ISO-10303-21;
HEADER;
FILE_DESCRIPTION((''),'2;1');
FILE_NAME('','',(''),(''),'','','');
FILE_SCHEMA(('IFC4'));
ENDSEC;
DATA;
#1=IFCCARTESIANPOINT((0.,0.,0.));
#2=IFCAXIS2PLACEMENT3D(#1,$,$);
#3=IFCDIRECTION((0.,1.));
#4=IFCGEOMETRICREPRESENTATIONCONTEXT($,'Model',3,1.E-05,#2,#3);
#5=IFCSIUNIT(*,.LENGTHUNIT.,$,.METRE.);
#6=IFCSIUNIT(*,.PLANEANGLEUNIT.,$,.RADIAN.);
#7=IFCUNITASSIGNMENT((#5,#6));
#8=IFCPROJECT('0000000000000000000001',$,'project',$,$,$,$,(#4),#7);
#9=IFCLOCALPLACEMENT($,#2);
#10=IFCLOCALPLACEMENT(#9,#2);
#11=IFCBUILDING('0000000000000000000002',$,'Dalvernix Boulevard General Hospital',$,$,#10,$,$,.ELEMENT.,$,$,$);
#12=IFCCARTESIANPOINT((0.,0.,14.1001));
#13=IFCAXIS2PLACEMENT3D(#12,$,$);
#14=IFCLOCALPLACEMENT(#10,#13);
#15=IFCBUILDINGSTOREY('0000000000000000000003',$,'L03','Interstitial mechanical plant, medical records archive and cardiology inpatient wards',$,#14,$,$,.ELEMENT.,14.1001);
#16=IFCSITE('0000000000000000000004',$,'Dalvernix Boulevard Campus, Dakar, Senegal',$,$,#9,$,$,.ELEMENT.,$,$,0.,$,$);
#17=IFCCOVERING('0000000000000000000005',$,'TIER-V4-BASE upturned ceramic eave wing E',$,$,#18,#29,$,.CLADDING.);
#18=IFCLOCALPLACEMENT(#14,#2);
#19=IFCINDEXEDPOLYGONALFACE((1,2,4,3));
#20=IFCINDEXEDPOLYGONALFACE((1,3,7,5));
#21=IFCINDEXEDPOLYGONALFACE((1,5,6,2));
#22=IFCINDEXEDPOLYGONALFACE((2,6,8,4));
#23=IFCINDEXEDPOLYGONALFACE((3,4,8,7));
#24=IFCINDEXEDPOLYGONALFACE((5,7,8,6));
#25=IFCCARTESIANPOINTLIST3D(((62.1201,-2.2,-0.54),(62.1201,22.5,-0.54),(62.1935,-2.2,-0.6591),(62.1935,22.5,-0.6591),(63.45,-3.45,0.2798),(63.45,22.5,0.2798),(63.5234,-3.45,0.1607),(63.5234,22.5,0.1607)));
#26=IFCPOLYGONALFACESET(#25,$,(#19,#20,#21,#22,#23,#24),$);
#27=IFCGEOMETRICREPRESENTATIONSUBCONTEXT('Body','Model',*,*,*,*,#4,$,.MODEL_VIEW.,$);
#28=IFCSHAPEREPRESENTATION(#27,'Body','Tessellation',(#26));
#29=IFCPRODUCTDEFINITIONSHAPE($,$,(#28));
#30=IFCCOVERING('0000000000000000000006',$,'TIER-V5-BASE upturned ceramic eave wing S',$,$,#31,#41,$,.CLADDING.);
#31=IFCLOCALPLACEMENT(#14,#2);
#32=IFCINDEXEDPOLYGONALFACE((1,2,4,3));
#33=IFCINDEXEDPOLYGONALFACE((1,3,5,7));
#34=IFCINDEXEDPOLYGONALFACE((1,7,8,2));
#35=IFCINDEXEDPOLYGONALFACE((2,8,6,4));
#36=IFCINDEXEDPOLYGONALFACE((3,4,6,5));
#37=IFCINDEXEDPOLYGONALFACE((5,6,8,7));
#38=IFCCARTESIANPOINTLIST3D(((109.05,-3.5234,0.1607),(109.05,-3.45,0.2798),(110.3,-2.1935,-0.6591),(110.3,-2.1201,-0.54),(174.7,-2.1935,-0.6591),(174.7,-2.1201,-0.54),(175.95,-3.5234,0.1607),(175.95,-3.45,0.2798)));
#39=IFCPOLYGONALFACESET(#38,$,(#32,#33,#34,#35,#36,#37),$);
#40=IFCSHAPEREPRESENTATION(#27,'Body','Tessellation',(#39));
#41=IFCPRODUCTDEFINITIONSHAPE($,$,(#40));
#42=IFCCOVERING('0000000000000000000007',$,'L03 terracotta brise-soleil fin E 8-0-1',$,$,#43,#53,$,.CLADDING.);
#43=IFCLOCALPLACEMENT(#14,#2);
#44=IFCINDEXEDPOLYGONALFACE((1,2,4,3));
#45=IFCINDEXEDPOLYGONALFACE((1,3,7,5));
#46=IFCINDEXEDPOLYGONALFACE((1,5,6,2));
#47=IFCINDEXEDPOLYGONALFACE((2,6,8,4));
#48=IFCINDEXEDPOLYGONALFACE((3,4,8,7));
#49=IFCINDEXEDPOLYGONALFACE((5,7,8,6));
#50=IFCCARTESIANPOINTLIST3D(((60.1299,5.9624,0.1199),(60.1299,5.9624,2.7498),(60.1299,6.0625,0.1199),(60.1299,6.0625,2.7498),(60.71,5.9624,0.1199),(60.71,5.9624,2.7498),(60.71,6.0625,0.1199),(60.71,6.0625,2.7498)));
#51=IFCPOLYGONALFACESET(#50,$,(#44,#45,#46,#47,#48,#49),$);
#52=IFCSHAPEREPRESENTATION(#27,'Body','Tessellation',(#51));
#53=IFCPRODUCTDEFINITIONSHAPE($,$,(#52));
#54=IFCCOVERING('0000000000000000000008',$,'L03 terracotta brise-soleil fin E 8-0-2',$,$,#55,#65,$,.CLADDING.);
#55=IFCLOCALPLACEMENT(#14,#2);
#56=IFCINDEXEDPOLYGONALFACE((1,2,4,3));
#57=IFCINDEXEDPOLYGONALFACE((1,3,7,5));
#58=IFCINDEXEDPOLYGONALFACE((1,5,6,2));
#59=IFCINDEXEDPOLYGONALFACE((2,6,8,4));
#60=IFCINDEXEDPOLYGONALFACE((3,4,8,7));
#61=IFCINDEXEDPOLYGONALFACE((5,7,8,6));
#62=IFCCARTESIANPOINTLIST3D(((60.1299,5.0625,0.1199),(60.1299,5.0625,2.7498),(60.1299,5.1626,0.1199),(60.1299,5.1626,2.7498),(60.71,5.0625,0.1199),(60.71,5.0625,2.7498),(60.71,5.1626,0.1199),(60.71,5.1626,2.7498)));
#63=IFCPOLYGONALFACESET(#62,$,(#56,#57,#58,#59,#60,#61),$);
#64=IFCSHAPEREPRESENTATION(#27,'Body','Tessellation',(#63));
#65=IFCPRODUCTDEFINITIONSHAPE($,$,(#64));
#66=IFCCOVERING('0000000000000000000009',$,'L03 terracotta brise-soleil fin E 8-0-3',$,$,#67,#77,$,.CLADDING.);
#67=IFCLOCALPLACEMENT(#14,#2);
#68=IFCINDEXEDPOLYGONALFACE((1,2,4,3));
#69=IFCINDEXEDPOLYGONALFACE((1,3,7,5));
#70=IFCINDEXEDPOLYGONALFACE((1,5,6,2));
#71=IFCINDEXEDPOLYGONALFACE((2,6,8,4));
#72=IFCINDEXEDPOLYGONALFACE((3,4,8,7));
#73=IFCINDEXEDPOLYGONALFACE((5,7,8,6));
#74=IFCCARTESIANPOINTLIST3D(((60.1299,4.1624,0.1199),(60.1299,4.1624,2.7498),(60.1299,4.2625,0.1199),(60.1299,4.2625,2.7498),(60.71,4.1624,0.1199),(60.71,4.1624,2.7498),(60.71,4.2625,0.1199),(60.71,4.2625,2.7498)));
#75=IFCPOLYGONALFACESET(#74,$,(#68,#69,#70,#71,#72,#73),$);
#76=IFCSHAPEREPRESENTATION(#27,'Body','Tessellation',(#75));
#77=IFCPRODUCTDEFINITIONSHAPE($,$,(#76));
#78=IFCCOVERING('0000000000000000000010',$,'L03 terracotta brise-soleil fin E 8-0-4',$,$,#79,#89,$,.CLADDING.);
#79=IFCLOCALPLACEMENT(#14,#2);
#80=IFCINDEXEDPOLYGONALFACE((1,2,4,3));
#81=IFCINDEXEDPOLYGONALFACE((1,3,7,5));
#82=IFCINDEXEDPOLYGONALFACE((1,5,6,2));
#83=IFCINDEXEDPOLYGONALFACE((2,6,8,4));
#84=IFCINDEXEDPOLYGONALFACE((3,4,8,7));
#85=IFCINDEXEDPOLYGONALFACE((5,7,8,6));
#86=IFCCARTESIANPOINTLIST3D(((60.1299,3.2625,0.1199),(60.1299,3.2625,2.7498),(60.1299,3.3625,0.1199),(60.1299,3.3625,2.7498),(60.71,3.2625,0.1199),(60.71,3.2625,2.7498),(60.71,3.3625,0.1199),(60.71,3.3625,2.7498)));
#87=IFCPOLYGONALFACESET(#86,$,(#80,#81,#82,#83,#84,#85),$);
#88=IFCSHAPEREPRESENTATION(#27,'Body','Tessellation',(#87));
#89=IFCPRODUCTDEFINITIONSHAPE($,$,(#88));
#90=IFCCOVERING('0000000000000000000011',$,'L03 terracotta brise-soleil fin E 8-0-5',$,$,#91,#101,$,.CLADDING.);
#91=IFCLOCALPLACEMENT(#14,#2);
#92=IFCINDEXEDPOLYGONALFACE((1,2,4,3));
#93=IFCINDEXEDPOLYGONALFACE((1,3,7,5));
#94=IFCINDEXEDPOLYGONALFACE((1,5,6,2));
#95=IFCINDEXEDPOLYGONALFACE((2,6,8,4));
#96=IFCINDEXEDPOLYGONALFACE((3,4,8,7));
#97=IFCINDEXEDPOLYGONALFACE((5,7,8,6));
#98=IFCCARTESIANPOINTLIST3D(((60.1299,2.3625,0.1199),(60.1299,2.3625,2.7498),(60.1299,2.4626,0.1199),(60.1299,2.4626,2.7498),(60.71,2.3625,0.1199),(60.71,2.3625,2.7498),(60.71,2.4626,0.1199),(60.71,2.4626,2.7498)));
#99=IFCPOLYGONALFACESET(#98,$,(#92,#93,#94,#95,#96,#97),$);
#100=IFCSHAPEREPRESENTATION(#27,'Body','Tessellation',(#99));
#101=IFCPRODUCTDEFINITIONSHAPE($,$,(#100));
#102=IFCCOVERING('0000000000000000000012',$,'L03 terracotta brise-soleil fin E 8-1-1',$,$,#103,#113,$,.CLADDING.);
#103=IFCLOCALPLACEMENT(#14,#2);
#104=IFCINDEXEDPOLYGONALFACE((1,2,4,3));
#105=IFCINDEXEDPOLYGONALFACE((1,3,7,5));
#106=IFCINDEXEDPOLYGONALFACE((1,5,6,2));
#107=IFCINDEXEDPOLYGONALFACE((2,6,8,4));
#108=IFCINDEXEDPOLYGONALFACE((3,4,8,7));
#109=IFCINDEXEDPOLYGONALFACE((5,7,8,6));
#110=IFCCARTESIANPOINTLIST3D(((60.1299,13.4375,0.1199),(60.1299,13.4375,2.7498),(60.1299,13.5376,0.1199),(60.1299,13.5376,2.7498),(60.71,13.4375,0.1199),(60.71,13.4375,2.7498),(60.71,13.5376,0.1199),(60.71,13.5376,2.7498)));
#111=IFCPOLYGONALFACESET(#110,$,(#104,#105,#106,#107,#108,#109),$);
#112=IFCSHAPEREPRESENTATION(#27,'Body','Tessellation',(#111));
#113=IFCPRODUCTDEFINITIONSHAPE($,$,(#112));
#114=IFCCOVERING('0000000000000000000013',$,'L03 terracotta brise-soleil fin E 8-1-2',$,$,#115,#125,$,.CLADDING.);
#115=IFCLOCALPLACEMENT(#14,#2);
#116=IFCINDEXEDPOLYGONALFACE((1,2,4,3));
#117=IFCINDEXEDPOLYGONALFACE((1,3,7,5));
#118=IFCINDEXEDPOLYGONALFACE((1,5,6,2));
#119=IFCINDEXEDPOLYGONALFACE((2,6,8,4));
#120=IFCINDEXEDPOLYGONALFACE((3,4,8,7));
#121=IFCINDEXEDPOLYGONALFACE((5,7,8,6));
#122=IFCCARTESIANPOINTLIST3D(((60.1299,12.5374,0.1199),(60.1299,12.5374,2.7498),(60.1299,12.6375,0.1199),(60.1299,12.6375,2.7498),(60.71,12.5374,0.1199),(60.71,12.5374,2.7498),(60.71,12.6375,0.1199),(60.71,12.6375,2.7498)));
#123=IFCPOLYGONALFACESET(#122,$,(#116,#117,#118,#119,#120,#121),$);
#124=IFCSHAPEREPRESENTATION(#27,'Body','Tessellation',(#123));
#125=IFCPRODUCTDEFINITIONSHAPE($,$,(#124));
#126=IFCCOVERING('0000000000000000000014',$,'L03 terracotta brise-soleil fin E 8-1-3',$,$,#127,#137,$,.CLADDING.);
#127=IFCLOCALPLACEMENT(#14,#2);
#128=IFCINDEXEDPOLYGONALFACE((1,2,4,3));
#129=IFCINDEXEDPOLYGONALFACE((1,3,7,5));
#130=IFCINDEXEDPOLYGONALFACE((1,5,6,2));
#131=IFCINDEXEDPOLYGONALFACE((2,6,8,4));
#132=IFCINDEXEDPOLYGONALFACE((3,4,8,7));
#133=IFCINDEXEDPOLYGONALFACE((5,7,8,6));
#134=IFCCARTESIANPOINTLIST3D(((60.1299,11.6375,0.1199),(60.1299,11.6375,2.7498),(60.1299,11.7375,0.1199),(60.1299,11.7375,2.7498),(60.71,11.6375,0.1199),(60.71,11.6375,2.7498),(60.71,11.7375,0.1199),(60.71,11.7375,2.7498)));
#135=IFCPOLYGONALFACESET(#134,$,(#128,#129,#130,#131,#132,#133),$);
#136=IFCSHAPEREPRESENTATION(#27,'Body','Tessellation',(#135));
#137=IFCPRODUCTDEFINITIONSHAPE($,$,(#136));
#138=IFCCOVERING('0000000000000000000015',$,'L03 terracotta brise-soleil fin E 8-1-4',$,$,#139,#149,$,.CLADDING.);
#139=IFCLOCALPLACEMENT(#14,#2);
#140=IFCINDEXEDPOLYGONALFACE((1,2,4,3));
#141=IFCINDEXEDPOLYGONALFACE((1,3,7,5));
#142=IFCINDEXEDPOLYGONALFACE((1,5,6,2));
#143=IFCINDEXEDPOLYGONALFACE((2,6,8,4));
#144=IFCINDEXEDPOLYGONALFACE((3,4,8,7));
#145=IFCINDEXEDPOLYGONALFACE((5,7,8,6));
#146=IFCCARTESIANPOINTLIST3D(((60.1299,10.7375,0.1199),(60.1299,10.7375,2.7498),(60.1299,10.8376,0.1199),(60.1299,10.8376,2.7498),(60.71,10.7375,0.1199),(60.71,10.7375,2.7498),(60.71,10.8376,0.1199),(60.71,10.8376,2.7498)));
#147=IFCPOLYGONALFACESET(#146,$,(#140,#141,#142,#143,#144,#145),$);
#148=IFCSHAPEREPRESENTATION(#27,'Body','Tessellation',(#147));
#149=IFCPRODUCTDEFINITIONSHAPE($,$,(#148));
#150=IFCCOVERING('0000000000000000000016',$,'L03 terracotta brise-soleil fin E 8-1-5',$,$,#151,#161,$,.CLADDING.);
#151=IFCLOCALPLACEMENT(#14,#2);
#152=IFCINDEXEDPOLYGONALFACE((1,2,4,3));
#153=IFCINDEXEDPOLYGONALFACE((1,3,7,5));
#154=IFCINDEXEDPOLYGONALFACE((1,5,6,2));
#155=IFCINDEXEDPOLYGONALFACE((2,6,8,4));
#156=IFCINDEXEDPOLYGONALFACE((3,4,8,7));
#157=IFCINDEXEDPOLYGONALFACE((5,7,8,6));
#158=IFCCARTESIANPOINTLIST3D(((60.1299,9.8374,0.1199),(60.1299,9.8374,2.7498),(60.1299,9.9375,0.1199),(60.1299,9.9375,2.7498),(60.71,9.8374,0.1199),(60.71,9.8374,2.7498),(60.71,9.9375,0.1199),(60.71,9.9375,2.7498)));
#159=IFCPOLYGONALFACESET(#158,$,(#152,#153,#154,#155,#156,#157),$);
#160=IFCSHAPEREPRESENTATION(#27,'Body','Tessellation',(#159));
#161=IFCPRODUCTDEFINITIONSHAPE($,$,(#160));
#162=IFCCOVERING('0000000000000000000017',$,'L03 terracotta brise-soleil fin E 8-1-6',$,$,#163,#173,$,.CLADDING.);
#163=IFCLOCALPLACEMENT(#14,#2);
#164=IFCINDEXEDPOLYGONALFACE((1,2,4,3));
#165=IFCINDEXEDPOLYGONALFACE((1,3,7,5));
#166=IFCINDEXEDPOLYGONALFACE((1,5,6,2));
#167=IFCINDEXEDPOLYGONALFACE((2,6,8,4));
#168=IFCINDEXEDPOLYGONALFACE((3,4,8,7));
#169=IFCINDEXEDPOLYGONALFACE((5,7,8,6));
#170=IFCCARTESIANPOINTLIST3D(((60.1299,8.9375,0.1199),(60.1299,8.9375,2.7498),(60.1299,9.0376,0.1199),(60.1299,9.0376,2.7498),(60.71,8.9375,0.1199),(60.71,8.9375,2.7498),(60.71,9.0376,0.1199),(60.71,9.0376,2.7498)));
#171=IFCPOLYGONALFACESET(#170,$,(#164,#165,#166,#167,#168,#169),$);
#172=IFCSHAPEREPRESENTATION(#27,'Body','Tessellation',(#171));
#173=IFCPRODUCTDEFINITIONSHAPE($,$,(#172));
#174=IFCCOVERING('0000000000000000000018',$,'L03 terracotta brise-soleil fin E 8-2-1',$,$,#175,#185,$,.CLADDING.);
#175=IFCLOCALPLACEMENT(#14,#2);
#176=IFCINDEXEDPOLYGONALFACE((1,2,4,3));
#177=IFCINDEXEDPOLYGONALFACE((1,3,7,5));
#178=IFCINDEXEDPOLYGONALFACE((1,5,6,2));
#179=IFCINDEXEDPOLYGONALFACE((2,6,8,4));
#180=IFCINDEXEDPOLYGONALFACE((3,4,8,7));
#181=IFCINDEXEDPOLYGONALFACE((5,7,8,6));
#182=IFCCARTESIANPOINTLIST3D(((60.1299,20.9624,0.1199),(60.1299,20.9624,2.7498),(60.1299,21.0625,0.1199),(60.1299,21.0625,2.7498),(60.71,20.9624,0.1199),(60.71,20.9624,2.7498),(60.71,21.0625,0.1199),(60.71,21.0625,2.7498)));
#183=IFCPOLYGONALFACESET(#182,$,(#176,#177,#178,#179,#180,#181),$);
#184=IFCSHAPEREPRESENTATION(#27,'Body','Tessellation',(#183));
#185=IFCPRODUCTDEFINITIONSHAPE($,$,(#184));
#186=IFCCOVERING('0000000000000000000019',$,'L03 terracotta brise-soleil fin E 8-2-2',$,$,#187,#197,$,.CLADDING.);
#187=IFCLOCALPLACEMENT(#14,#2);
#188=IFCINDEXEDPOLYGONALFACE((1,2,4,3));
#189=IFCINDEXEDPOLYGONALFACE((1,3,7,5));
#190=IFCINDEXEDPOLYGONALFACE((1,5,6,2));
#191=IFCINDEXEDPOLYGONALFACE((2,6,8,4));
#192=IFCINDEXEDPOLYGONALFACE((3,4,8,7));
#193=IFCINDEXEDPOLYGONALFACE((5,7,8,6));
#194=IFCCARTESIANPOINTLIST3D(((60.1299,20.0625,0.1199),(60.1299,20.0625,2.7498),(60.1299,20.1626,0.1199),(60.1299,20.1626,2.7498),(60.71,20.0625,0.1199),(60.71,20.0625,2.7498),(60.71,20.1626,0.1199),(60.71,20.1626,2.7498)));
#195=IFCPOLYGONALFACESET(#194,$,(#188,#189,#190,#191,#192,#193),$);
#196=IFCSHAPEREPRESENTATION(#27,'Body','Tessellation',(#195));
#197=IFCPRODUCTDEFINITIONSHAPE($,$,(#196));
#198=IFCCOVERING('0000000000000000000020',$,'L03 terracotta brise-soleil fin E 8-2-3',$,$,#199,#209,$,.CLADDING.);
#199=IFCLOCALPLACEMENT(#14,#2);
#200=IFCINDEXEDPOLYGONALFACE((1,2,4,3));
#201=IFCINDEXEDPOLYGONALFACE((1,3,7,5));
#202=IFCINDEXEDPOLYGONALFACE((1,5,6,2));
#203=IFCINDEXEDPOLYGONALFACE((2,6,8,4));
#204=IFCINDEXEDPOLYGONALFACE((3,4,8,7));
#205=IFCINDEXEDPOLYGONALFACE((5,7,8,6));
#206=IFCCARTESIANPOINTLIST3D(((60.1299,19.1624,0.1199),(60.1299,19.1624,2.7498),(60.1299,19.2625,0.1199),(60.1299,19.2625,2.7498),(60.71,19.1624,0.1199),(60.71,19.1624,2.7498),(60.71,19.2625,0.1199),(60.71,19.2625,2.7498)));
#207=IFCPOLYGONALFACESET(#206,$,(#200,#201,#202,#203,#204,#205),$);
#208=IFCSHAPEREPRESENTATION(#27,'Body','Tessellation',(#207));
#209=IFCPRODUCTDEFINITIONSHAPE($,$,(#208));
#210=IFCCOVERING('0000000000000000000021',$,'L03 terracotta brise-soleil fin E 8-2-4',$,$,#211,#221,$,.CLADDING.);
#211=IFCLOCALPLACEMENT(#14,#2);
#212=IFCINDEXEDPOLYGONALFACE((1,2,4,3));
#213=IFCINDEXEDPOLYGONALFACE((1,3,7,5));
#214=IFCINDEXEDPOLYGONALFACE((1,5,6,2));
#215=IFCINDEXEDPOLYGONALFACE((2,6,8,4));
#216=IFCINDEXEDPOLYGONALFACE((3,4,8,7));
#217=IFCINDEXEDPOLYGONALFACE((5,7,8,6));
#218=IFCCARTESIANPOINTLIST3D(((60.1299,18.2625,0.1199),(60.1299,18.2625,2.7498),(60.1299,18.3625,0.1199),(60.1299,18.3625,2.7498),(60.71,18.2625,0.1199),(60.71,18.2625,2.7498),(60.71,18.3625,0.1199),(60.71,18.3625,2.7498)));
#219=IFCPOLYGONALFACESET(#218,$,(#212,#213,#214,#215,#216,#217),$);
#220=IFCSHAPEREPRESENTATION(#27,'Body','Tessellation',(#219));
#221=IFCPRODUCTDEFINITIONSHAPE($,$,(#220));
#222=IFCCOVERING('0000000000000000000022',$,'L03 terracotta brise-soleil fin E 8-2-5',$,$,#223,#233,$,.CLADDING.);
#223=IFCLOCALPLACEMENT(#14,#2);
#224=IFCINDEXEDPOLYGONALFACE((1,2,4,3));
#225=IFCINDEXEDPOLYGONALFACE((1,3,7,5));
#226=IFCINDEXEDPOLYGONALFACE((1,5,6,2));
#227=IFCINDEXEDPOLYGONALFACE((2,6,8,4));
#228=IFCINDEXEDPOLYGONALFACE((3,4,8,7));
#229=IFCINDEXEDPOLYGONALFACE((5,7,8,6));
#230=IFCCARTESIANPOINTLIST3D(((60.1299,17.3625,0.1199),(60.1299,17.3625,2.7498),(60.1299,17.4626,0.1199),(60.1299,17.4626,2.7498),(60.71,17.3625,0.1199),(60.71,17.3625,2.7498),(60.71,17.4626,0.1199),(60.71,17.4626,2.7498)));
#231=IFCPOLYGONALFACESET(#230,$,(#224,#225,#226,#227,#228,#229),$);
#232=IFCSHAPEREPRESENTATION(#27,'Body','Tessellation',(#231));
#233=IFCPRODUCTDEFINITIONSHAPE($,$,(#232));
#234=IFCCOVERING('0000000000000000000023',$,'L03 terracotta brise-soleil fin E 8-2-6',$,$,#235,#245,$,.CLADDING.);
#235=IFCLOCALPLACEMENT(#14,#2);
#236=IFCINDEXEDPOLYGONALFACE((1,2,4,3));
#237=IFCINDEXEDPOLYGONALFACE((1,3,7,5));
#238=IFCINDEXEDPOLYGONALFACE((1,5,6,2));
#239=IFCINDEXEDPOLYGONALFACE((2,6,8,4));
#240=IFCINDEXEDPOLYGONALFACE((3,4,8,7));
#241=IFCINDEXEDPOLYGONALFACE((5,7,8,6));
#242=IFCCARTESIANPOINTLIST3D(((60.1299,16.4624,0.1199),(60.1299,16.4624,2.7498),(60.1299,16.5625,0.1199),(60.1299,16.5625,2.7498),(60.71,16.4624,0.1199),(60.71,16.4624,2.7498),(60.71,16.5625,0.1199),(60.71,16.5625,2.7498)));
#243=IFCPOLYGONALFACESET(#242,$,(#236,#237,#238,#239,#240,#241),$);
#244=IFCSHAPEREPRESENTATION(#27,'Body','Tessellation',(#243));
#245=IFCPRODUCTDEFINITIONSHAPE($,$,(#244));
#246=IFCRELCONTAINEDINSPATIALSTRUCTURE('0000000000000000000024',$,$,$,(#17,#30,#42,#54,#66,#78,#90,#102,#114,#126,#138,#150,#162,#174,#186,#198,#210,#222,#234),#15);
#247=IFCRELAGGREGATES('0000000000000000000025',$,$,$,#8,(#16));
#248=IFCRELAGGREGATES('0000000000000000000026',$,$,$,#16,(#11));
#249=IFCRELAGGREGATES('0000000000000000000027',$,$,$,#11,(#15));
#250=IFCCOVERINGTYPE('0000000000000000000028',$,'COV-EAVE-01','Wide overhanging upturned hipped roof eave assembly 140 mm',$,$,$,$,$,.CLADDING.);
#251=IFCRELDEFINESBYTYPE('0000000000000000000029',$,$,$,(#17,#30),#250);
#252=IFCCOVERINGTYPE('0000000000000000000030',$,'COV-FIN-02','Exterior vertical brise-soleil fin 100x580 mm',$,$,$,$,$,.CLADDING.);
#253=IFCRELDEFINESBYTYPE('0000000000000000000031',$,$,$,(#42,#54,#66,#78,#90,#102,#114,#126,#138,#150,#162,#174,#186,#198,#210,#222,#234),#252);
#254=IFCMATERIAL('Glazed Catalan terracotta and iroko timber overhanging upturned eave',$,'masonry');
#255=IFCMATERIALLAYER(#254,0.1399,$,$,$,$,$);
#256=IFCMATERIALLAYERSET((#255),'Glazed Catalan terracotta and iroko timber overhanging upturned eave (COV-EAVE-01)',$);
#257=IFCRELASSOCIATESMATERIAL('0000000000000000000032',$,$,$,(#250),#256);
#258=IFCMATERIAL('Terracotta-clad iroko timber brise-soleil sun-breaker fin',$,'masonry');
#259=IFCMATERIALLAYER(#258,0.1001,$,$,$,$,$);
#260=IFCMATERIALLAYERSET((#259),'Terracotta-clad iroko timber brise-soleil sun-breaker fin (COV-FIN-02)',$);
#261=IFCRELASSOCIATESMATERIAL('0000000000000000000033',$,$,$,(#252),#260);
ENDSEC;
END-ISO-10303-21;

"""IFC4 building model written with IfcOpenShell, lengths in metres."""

from ifc_helpers import new_model, si_unit, direction, frame, origin, origin_2d, place, context, subcontext, project, spatial, polyline, rectangle, outline, extrude, material, layer, layer_set, type_object, element, save


model = new_model("IFC4")

# Units and contexts
model_context = context("Model", 3, precision=1e-05, world=origin(), true_north=direction((0.0, 1.0)))
body_context = subcontext(model_context, "Body", "Model", "MODEL_VIEW")
ifc_project = project(units=[si_unit("LENGTHUNIT", "METRE"), si_unit("PLANEANGLEUNIT", "RADIAN")], contexts=[model_context])

# Site, building, storey
site_placement = place(None, origin())
site = spatial("IfcSite", under=ifc_project, at=site_placement, Name="Dalvernix Boulevard Campus, Dakar, Senegal", CompositionType="ELEMENT", RefElevation=0.0)
building_placement = place(site_placement, origin())
building = spatial("IfcBuilding", under=site, at=building_placement, Name="Dalvernix Boulevard General Hospital", CompositionType="ELEMENT")
storey_placement = place(building_placement, frame((0.0, 0.0, 14.1001)))
storey = spatial("IfcBuildingStorey", under=building, at=storey_placement, Name="L03", Description="Interstitial mechanical plant, medical records archive and cardiology inpatient wards", CompositionType="ELEMENT", Elevation=14.1001)

# Coverings
ifc_material_1 = material(Name="Glazed Catalan terracotta and iroko timber overhanging upturned eave", Category="masonry")
ifc_layer_1 = layer(ifc_material_1, 0.1399)
ifc_layer_set_1 = layer_set([ifc_layer_1], Name="Glazed Catalan terracotta and iroko timber overhanging upturned eave (COV-EAVE-01)")
covering_type_1 = type_object("IfcCoveringType", Name="COV-EAVE-01", Description="Wide overhanging upturned hipped roof eave assembly 140 mm", PredefinedType="CLADDING", material=ifc_layer_set_1)
covering_1_placement = place(storey_placement, frame((62.1201, -2.2, -0.54), z_axis=(-0.524777, 0.0, 0.85124), x_axis=(0.0, 1.0, 0.0)))
element("IfcCovering", 1, at=covering_1_placement, inside=storey, type_object=covering_type_1, Name="TIER-V4-BASE upturned ceramic eave wing E", PredefinedType="CLADDING", context=body_context, shape_type="SweptSolid", body=[
    extrude(outline(polyline([(0.0, 0.0), (24.7, 0.0), (24.7, -1.5622), (-1.25, -1.5622), (0.0, 0.0)])), origin(), (0.0, 0.0, -1.0), 0.1399),
])
covering_2_placement = place(storey_placement, frame((110.3, -2.1201, -0.54), z_axis=(0.0, 0.524777, 0.85124), x_axis=(1.0, 0.0, 0.0)))
element("IfcCovering", 2, at=covering_2_placement, inside=storey, type_object=covering_type_1, Name="TIER-V5-BASE upturned ceramic eave wing S", PredefinedType="CLADDING", context=body_context, shape_type="SweptSolid", body=[
    extrude(outline(polyline([(0.0, 0.0), (64.3999, 0.0), (65.6499, -1.5622), (-1.25, -1.5622), (0.0, 0.0)])), origin(), (0.0, 0.0, -1.0), 0.1399),
])
ifc_material_2 = material(Name="Terracotta-clad iroko timber brise-soleil sun-breaker fin", Category="masonry")
ifc_layer_2 = layer(ifc_material_2, 0.1001)
ifc_layer_set_2 = layer_set([ifc_layer_2], Name="Terracotta-clad iroko timber brise-soleil sun-breaker fin (COV-FIN-02)")
covering_type_2 = type_object("IfcCoveringType", Name="COV-FIN-02", Description="Exterior vertical brise-soleil fin 100x580 mm", PredefinedType="CLADDING", material=ifc_layer_set_2)
for number, where, z_axis, x_axis, name in (
    (3, (60.4199, 6.0125, 0.1199), (0.0, 0.0, 1.0), (0.0, -1.0, 0.0), "L03 terracotta brise-soleil fin E 8-0-1"),
    (4, (60.4199, 5.1125, 0.1199), (0.0, 0.0, 1.0), (0.0, -1.0, 0.0), "L03 terracotta brise-soleil fin E 8-0-2"),
    (5, (60.4199, 4.2124, 0.1199), (0.0, 0.0, 1.0), (0.0, -1.0, 0.0), "L03 terracotta brise-soleil fin E 8-0-3"),
    (6, (60.4199, 3.3125, 0.1199), (0.0, 0.0, 1.0), (0.0, -1.0, 0.0), "L03 terracotta brise-soleil fin E 8-0-4"),
    (7, (60.4199, 2.4126, 0.1199), (0.0, 0.0, 1.0), (0.0, -1.0, 0.0), "L03 terracotta brise-soleil fin E 8-0-5"),
    (8, (60.4199, 13.4875, 0.1199), (0.0, 0.0, 1.0), (0.0, -1.0, 0.0), "L03 terracotta brise-soleil fin E 8-1-1"),
    (9, (60.4199, 12.5874, 0.1199), (0.0, 0.0, 1.0), (0.0, -1.0, 0.0), "L03 terracotta brise-soleil fin E 8-1-2"),
    (10, (60.4199, 11.6875, 0.1199), (0.0, 0.0, 1.0), (0.0, -1.0, 0.0), "L03 terracotta brise-soleil fin E 8-1-3"),
    (11, (60.4199, 10.7876, 0.1199), (0.0, 0.0, 1.0), (0.0, -1.0, 0.0), "L03 terracotta brise-soleil fin E 8-1-4"),
    (12, (60.4199, 9.8875, 0.1199), (0.0, 0.0, 1.0), (0.0, -1.0, 0.0), "L03 terracotta brise-soleil fin E 8-1-5"),
    (13, (60.4199, 8.9875, 0.1199), (0.0, 0.0, 1.0), (0.0, -1.0, 0.0), "L03 terracotta brise-soleil fin E 8-1-6"),
    (14, (60.4199, 21.0125, 0.1199), (0.0, 0.0, 1.0), (0.0, -1.0, 0.0), "L03 terracotta brise-soleil fin E 8-2-1"),
    (15, (60.4199, 20.1125, 0.1199), (0.0, 0.0, 1.0), (0.0, -1.0, 0.0), "L03 terracotta brise-soleil fin E 8-2-2"),
    (16, (60.4199, 19.2124, 0.1199), (0.0, 0.0, 1.0), (0.0, -1.0, 0.0), "L03 terracotta brise-soleil fin E 8-2-3"),
    (17, (60.4199, 18.3125, 0.1199), (0.0, 0.0, 1.0), (0.0, -1.0, 0.0), "L03 terracotta brise-soleil fin E 8-2-4"),
    (18, (60.4199, 17.4126, 0.1199), (0.0, 0.0, 1.0), (0.0, -1.0, 0.0), "L03 terracotta brise-soleil fin E 8-2-5"),
    (19, (60.4199, 16.5125, 0.1199), (0.0, 0.0, 1.0), (0.0, -1.0, 0.0), "L03 terracotta brise-soleil fin E 8-2-6"),
):
    element("IfcCovering", number, at=place(storey_placement, frame(where, z_axis=z_axis, x_axis=x_axis)), inside=storey, type_object=covering_type_2, Name=name, PredefinedType="CLADDING", context=body_context, shape_type="SweptSolid", body=[
        extrude(rectangle(XDim=0.1001, YDim=0.5801, at=origin_2d()), origin(), (0.0, 0.0, 1.0), 2.6299),
    ])

save(model, "model.ifc")
